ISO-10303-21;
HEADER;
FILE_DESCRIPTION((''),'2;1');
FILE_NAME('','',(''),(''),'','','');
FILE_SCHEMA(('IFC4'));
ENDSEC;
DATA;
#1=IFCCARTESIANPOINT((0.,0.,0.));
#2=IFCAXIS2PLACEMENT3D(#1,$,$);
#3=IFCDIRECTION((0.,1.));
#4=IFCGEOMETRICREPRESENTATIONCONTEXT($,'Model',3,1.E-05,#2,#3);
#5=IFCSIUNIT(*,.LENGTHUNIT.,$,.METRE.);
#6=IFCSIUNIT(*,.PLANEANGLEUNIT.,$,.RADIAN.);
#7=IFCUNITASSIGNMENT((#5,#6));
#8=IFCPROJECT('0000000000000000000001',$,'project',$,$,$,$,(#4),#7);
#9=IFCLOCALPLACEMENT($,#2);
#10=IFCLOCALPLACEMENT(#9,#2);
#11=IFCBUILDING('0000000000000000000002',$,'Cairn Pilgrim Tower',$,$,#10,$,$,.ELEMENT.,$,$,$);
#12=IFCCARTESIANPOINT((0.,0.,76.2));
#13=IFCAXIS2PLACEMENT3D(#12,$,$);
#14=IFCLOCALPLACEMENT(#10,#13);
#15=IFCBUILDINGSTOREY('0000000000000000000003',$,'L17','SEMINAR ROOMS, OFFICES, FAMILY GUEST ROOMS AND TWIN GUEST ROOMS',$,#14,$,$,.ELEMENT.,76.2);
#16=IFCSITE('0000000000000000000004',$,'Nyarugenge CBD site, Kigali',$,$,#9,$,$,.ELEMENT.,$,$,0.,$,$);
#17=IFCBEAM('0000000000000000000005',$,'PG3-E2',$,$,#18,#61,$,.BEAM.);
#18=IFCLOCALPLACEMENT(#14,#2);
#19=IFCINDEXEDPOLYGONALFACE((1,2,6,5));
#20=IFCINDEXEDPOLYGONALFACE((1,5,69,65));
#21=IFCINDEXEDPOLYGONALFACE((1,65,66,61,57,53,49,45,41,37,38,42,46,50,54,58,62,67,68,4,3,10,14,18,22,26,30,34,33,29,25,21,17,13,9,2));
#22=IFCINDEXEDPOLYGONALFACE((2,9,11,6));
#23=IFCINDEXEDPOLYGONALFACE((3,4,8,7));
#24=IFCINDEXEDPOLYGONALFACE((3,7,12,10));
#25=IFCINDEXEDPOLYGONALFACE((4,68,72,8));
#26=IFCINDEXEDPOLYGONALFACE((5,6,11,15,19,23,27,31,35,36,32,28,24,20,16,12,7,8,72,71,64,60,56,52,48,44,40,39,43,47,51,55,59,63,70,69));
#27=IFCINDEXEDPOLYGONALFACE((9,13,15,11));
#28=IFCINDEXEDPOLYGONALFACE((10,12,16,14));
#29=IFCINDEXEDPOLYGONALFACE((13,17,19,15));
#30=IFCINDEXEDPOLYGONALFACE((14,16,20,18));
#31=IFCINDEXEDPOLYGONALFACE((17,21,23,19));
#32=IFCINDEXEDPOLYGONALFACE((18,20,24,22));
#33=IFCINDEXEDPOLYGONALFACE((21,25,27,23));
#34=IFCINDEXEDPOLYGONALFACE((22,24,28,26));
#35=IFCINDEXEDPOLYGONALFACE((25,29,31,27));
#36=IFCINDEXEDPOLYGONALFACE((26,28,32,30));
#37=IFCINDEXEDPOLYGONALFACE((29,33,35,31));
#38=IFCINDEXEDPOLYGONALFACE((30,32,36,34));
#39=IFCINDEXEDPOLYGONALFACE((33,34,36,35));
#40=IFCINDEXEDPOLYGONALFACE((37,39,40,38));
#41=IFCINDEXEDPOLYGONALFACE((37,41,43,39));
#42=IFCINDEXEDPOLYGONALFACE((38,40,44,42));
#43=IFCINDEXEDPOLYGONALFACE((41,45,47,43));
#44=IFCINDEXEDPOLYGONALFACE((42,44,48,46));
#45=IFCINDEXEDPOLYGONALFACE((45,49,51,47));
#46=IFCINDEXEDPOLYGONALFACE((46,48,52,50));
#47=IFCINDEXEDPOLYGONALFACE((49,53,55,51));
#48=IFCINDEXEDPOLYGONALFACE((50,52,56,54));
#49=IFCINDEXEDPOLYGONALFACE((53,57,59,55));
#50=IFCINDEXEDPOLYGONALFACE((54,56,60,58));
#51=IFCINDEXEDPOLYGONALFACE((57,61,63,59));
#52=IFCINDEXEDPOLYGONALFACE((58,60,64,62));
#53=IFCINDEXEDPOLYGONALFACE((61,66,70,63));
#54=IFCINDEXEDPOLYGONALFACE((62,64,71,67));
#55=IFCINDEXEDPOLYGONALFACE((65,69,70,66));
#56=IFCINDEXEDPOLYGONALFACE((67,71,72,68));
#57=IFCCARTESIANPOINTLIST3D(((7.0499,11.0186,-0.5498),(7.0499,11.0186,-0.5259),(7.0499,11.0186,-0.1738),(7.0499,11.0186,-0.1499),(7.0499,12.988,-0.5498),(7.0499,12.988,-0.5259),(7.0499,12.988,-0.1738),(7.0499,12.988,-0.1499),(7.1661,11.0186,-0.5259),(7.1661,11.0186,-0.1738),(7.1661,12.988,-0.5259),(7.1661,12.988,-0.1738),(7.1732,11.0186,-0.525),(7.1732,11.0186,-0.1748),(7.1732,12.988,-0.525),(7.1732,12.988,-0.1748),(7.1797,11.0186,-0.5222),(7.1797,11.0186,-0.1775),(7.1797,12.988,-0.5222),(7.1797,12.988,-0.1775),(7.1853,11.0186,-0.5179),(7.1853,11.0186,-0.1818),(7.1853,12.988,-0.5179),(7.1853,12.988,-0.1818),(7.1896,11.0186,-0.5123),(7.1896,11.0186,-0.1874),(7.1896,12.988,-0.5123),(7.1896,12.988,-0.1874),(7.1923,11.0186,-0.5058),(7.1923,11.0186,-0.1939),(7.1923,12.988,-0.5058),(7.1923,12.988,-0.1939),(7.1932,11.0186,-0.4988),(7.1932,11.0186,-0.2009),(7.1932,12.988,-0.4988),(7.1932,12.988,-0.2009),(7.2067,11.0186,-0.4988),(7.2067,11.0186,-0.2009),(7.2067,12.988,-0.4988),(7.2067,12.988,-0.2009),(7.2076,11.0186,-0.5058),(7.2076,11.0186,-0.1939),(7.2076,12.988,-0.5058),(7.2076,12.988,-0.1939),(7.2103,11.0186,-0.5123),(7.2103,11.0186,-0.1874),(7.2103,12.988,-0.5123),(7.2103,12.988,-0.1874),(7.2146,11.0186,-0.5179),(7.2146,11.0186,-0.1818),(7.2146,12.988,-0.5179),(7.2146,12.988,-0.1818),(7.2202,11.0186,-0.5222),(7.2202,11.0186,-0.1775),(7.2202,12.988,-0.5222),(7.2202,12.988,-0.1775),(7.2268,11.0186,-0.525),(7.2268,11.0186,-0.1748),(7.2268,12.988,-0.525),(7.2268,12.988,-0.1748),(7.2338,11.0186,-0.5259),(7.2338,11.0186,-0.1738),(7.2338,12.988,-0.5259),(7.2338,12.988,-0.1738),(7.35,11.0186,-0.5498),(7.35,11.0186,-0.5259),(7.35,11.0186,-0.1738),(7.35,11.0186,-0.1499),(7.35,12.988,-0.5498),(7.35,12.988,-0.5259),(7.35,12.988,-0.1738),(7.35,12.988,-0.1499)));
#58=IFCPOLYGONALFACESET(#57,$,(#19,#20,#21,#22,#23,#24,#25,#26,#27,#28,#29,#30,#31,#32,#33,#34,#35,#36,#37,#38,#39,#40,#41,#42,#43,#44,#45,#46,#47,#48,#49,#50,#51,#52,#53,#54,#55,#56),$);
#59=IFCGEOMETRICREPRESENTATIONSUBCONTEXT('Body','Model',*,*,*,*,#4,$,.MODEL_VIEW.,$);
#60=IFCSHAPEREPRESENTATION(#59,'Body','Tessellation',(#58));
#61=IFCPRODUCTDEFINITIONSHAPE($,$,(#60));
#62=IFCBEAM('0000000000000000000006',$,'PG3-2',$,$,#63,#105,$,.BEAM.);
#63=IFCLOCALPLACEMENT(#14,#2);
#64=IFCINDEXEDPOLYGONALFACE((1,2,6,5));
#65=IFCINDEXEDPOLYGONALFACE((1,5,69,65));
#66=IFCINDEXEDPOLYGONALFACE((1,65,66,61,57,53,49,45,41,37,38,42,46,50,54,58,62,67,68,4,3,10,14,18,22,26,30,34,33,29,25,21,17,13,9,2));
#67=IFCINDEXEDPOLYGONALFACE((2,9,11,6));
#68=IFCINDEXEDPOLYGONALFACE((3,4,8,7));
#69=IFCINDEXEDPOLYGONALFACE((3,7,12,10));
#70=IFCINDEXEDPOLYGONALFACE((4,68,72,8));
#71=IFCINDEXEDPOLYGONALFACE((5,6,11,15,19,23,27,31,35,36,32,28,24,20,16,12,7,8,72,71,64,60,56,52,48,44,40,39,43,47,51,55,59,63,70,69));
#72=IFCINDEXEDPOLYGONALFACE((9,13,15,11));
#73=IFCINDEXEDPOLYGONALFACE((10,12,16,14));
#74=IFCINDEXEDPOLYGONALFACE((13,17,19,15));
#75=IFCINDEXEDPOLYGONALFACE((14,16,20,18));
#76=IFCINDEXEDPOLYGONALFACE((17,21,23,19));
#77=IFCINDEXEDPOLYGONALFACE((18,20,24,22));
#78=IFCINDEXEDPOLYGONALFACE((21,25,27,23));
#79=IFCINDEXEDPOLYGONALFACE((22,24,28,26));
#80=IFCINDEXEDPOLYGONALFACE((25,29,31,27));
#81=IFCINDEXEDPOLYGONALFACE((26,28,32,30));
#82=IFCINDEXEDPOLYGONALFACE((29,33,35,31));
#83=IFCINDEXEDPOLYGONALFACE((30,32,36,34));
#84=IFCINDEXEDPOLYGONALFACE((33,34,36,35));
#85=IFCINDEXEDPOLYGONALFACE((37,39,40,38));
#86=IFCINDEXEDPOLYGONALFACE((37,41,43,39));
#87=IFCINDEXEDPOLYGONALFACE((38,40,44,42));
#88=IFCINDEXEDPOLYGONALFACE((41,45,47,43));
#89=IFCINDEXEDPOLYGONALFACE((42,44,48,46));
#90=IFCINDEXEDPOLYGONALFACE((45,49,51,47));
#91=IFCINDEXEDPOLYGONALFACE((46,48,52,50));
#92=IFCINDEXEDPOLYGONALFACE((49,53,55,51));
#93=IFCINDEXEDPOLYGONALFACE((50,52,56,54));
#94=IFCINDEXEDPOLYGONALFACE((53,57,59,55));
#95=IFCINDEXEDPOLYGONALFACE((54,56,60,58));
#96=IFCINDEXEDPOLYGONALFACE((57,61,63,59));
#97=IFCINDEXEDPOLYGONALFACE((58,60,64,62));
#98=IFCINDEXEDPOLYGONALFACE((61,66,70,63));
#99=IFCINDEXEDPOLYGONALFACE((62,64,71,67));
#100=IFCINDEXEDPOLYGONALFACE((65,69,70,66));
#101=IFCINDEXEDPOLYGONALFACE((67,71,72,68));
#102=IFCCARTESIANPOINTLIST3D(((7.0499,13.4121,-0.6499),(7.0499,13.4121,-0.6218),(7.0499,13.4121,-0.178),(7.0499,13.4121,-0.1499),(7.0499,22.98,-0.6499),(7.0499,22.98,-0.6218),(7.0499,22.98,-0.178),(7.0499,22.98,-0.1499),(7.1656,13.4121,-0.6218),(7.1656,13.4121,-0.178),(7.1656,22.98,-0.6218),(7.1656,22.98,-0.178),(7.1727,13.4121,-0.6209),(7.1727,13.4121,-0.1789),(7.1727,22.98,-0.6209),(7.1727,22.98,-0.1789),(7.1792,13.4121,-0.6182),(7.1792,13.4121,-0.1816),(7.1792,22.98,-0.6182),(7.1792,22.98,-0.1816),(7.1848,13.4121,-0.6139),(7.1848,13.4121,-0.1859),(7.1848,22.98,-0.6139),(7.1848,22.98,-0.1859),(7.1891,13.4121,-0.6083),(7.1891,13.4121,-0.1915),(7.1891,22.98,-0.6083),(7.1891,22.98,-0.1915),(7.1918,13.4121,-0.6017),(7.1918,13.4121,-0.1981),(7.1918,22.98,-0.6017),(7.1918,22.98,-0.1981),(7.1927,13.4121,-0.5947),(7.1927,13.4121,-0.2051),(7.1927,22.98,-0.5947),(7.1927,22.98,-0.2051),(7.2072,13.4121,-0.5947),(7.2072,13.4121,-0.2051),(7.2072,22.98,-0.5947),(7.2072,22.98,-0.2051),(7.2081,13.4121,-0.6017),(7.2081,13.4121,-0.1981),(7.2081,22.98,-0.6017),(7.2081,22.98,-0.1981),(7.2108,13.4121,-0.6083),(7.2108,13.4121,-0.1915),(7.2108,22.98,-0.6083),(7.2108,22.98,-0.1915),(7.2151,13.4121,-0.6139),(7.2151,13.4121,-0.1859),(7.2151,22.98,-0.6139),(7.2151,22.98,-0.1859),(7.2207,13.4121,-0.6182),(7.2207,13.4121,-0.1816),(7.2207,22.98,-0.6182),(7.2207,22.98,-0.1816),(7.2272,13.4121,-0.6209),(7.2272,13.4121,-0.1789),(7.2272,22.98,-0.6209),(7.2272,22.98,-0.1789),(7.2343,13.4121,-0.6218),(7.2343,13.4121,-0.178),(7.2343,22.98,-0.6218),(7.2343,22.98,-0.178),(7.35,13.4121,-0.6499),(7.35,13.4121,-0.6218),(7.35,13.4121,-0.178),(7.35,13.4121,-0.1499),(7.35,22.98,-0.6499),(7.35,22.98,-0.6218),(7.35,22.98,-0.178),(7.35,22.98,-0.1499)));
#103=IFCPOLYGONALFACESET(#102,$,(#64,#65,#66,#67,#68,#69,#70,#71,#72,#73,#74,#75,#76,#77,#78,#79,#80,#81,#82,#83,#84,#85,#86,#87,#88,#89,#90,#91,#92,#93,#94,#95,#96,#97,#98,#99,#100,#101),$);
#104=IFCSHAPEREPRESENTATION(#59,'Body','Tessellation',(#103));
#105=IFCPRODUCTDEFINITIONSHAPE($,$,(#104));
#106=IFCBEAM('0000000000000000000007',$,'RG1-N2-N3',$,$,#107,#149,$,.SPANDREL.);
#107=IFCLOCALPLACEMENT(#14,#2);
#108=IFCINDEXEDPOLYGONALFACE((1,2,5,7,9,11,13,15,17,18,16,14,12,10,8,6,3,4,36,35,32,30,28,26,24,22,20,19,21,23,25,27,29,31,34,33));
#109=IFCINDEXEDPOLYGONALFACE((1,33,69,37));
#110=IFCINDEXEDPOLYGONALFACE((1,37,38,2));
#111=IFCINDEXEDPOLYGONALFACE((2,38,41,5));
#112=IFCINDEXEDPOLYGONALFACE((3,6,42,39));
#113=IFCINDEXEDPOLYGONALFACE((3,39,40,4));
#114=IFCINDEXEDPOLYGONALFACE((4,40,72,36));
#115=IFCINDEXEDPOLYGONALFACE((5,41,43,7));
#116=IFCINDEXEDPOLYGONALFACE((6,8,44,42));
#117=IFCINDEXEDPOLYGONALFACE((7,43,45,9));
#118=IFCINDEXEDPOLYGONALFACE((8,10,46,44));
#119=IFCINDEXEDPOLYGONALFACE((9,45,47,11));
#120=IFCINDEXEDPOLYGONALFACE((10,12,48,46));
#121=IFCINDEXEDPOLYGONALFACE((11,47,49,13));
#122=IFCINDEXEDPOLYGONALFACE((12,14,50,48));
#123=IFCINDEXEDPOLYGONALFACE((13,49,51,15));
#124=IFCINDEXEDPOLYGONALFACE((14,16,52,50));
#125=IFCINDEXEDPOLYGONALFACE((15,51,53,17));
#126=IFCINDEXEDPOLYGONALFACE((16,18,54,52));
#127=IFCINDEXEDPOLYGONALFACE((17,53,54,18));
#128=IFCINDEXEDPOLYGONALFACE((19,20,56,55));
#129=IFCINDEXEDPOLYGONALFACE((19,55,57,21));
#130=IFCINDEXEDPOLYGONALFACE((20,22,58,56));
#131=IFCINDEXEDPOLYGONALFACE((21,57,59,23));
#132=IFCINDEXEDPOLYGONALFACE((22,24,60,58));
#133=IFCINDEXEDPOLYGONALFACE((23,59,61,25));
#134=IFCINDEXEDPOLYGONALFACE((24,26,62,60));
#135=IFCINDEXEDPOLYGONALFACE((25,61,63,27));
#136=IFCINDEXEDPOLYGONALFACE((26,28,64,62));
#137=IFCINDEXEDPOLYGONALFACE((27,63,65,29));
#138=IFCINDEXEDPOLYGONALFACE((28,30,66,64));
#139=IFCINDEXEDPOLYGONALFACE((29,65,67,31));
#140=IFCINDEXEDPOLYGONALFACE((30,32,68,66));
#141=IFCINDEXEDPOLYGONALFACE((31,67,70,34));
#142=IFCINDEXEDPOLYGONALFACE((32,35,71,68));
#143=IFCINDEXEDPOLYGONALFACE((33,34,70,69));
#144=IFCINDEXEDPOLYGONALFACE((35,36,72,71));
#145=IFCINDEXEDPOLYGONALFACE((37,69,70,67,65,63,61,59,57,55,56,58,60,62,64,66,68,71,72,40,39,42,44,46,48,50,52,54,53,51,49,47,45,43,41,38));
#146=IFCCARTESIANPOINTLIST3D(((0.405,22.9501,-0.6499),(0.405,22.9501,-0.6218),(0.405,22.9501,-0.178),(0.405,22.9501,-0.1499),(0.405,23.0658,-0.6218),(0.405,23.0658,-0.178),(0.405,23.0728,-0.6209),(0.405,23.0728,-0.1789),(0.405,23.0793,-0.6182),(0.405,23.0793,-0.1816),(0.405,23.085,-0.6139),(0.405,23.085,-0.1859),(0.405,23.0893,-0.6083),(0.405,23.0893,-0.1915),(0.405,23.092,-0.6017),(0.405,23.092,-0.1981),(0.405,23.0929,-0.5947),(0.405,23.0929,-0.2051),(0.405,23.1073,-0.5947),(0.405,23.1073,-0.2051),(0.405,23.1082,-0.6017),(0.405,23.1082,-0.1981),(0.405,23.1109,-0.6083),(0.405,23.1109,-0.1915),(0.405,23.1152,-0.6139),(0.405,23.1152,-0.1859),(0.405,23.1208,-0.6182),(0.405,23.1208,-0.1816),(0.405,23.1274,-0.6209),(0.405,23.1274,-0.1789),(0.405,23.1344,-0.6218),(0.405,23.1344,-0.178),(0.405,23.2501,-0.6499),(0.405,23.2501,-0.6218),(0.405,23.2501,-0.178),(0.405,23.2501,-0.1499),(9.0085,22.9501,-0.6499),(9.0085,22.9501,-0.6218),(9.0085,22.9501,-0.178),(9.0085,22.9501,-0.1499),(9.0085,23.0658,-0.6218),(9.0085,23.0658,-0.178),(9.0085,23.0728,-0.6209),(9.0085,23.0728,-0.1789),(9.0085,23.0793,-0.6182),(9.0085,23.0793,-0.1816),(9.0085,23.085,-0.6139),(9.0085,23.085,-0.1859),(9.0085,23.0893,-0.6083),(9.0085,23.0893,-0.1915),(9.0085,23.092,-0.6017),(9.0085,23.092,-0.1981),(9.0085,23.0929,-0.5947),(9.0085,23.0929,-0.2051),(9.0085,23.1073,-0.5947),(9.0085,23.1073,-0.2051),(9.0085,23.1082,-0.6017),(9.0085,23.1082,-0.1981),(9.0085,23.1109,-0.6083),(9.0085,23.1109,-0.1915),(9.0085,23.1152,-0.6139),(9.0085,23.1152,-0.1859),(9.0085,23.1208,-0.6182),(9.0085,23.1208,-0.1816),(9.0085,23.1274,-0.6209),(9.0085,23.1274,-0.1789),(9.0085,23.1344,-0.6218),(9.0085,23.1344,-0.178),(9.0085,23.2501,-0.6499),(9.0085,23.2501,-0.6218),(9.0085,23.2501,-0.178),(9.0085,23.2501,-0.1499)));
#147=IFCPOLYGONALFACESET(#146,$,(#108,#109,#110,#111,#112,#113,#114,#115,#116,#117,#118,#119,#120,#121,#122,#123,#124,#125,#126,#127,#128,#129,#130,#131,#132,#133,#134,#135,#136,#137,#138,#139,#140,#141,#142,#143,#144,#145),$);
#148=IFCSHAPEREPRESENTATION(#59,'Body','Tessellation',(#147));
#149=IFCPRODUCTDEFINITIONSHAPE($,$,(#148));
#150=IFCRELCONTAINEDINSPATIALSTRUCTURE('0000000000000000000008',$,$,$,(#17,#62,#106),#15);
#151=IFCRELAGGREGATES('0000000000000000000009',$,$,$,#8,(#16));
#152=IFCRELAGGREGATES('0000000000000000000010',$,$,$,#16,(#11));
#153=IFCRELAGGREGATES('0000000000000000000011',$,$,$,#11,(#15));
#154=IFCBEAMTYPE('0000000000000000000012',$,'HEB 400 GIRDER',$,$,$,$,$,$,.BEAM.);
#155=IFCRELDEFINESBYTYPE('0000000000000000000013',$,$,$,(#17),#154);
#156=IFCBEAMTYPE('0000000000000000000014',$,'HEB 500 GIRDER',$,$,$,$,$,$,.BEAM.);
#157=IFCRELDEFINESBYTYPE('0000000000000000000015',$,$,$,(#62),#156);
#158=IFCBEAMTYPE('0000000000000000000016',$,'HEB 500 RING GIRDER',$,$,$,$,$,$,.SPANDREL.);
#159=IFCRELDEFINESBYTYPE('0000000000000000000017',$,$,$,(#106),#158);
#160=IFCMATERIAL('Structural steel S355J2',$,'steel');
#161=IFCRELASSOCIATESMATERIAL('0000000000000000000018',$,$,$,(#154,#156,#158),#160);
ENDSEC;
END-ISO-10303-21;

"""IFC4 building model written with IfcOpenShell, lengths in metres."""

from ifc_helpers import new_model, si_unit, direction, frame, origin, origin_2d, place, context, subcontext, project, spatial, i_section, extrude, material, material_profile, profile_set, type_object, element, save


model = new_model("IFC4")

# Units and contexts
model_context = context("Model", 3, precision=1e-05, world=origin(), true_north=direction((0.0, 1.0)))
body_context = subcontext(model_context, "Body", "Model", "MODEL_VIEW")
ifc_project = project(units=[si_unit("LENGTHUNIT", "METRE"), si_unit("PLANEANGLEUNIT", "RADIAN")], contexts=[model_context])

# Site, building, storey
site_placement = place(None, origin())
site = spatial("IfcSite", under=ifc_project, at=site_placement, Name="Nyarugenge CBD site, Kigali", CompositionType="ELEMENT", RefElevation=0.0)
building_placement = place(site_placement, origin())
building = spatial("IfcBuilding", under=site, at=building_placement, Name="Cairn Pilgrim Tower", CompositionType="ELEMENT")
storey_placement = place(building_placement, frame((0.0, 0.0, 76.2)))
storey = spatial("IfcBuildingStorey", under=building, at=storey_placement, Name="L17", Description="SEMINAR ROOMS, OFFICES, FAMILY GUEST ROOMS AND TWIN GUEST ROOMS", CompositionType="ELEMENT", Elevation=76.2)

# Beams
ifc_material_1 = material(Name="Structural steel S355J2", Category="steel")
ifc_material_profile_1 = material_profile(ifc_material_1, i_section(OverallWidth=0.3, OverallDepth=0.3999, WebThickness=0.0134, FlangeThickness=0.0239, FilletRadius=0.0271, at=origin_2d()), Name="HEB 400")
ifc_profile_set_1 = profile_set([ifc_material_profile_1], Name="Structural steel S355J2")
beam_type_1 = type_object("IfcBeamType", Name="HEB 400 GIRDER", PredefinedType="BEAM", material=ifc_profile_set_1)
beam_1_placement = place(storey_placement, frame((7.2, 11.0186, -0.3499), z_axis=(0.0, 1.0, 0.0), x_axis=(-1.0, 0.0, 0.0)))
element("IfcBeam", 1, at=beam_1_placement, inside=storey, type_object=beam_type_1, Name="PG3-E2", PredefinedType="BEAM", context=body_context, shape_type="SweptSolid", body=[
    extrude(i_section(OverallWidth=0.3, OverallDepth=0.3999, WebThickness=0.0134, FlangeThickness=0.0239, FilletRadius=0.0271, at=origin_2d()), origin(), (0.0, 0.0, 1.0), 1.9695),
])
ifc_material_profile_2 = material_profile(ifc_material_1, i_section(OverallWidth=0.3, OverallDepth=0.5, WebThickness=0.0144, FlangeThickness=0.0281, FilletRadius=0.0271, at=origin_2d()), Name="HEB 500")
ifc_profile_set_2 = profile_set([ifc_material_profile_2], Name="Structural steel S355J2")
beam_type_2 = type_object("IfcBeamType", Name="HEB 500 GIRDER", PredefinedType="BEAM", material=ifc_profile_set_2)
beam_2_placement = place(storey_placement, frame((7.2, 13.4121, -0.3999), z_axis=(0.0, 1.0, 0.0), x_axis=(-1.0, 0.0, 0.0)))
element("IfcBeam", 2, at=beam_2_placement, inside=storey, type_object=beam_type_2, Name="PG3-2", PredefinedType="BEAM", context=body_context, shape_type="SweptSolid", body=[
    extrude(i_section(OverallWidth=0.3, OverallDepth=0.5, WebThickness=0.0144, FlangeThickness=0.0281, FilletRadius=0.0271, at=origin_2d()), origin(), (0.0, 0.0, 1.0), 9.5679),
])
ifc_material_profile_3 = material_profile(ifc_material_1, i_section(OverallWidth=0.3, OverallDepth=0.5, WebThickness=0.0144, FlangeThickness=0.0281, FilletRadius=0.0271, at=origin_2d()), Name="HEB 500")
ifc_profile_set_3 = profile_set([ifc_material_profile_3], Name="Structural steel S355J2")
beam_type_3 = type_object("IfcBeamType", Name="HEB 500 RING GIRDER", PredefinedType="SPANDREL", material=ifc_profile_set_3)
beam_3_placement = place(storey_placement, frame((9.0085, 23.1001, -0.3999), z_axis=(-1.0, 0.0, 0.0), x_axis=(0.0, -1.0, 0.0)))
element("IfcBeam", 3, at=beam_3_placement, inside=storey, type_object=beam_type_3, Name="RG1-N2-N3", PredefinedType="SPANDREL", context=body_context, shape_type="SweptSolid", body=[
    extrude(i_section(OverallWidth=0.3, OverallDepth=0.5, WebThickness=0.0144, FlangeThickness=0.0281, FilletRadius=0.0271, at=origin_2d()), origin(), (0.0, 0.0, 1.0), 8.6035),
])

save(model, "model.ifc")
